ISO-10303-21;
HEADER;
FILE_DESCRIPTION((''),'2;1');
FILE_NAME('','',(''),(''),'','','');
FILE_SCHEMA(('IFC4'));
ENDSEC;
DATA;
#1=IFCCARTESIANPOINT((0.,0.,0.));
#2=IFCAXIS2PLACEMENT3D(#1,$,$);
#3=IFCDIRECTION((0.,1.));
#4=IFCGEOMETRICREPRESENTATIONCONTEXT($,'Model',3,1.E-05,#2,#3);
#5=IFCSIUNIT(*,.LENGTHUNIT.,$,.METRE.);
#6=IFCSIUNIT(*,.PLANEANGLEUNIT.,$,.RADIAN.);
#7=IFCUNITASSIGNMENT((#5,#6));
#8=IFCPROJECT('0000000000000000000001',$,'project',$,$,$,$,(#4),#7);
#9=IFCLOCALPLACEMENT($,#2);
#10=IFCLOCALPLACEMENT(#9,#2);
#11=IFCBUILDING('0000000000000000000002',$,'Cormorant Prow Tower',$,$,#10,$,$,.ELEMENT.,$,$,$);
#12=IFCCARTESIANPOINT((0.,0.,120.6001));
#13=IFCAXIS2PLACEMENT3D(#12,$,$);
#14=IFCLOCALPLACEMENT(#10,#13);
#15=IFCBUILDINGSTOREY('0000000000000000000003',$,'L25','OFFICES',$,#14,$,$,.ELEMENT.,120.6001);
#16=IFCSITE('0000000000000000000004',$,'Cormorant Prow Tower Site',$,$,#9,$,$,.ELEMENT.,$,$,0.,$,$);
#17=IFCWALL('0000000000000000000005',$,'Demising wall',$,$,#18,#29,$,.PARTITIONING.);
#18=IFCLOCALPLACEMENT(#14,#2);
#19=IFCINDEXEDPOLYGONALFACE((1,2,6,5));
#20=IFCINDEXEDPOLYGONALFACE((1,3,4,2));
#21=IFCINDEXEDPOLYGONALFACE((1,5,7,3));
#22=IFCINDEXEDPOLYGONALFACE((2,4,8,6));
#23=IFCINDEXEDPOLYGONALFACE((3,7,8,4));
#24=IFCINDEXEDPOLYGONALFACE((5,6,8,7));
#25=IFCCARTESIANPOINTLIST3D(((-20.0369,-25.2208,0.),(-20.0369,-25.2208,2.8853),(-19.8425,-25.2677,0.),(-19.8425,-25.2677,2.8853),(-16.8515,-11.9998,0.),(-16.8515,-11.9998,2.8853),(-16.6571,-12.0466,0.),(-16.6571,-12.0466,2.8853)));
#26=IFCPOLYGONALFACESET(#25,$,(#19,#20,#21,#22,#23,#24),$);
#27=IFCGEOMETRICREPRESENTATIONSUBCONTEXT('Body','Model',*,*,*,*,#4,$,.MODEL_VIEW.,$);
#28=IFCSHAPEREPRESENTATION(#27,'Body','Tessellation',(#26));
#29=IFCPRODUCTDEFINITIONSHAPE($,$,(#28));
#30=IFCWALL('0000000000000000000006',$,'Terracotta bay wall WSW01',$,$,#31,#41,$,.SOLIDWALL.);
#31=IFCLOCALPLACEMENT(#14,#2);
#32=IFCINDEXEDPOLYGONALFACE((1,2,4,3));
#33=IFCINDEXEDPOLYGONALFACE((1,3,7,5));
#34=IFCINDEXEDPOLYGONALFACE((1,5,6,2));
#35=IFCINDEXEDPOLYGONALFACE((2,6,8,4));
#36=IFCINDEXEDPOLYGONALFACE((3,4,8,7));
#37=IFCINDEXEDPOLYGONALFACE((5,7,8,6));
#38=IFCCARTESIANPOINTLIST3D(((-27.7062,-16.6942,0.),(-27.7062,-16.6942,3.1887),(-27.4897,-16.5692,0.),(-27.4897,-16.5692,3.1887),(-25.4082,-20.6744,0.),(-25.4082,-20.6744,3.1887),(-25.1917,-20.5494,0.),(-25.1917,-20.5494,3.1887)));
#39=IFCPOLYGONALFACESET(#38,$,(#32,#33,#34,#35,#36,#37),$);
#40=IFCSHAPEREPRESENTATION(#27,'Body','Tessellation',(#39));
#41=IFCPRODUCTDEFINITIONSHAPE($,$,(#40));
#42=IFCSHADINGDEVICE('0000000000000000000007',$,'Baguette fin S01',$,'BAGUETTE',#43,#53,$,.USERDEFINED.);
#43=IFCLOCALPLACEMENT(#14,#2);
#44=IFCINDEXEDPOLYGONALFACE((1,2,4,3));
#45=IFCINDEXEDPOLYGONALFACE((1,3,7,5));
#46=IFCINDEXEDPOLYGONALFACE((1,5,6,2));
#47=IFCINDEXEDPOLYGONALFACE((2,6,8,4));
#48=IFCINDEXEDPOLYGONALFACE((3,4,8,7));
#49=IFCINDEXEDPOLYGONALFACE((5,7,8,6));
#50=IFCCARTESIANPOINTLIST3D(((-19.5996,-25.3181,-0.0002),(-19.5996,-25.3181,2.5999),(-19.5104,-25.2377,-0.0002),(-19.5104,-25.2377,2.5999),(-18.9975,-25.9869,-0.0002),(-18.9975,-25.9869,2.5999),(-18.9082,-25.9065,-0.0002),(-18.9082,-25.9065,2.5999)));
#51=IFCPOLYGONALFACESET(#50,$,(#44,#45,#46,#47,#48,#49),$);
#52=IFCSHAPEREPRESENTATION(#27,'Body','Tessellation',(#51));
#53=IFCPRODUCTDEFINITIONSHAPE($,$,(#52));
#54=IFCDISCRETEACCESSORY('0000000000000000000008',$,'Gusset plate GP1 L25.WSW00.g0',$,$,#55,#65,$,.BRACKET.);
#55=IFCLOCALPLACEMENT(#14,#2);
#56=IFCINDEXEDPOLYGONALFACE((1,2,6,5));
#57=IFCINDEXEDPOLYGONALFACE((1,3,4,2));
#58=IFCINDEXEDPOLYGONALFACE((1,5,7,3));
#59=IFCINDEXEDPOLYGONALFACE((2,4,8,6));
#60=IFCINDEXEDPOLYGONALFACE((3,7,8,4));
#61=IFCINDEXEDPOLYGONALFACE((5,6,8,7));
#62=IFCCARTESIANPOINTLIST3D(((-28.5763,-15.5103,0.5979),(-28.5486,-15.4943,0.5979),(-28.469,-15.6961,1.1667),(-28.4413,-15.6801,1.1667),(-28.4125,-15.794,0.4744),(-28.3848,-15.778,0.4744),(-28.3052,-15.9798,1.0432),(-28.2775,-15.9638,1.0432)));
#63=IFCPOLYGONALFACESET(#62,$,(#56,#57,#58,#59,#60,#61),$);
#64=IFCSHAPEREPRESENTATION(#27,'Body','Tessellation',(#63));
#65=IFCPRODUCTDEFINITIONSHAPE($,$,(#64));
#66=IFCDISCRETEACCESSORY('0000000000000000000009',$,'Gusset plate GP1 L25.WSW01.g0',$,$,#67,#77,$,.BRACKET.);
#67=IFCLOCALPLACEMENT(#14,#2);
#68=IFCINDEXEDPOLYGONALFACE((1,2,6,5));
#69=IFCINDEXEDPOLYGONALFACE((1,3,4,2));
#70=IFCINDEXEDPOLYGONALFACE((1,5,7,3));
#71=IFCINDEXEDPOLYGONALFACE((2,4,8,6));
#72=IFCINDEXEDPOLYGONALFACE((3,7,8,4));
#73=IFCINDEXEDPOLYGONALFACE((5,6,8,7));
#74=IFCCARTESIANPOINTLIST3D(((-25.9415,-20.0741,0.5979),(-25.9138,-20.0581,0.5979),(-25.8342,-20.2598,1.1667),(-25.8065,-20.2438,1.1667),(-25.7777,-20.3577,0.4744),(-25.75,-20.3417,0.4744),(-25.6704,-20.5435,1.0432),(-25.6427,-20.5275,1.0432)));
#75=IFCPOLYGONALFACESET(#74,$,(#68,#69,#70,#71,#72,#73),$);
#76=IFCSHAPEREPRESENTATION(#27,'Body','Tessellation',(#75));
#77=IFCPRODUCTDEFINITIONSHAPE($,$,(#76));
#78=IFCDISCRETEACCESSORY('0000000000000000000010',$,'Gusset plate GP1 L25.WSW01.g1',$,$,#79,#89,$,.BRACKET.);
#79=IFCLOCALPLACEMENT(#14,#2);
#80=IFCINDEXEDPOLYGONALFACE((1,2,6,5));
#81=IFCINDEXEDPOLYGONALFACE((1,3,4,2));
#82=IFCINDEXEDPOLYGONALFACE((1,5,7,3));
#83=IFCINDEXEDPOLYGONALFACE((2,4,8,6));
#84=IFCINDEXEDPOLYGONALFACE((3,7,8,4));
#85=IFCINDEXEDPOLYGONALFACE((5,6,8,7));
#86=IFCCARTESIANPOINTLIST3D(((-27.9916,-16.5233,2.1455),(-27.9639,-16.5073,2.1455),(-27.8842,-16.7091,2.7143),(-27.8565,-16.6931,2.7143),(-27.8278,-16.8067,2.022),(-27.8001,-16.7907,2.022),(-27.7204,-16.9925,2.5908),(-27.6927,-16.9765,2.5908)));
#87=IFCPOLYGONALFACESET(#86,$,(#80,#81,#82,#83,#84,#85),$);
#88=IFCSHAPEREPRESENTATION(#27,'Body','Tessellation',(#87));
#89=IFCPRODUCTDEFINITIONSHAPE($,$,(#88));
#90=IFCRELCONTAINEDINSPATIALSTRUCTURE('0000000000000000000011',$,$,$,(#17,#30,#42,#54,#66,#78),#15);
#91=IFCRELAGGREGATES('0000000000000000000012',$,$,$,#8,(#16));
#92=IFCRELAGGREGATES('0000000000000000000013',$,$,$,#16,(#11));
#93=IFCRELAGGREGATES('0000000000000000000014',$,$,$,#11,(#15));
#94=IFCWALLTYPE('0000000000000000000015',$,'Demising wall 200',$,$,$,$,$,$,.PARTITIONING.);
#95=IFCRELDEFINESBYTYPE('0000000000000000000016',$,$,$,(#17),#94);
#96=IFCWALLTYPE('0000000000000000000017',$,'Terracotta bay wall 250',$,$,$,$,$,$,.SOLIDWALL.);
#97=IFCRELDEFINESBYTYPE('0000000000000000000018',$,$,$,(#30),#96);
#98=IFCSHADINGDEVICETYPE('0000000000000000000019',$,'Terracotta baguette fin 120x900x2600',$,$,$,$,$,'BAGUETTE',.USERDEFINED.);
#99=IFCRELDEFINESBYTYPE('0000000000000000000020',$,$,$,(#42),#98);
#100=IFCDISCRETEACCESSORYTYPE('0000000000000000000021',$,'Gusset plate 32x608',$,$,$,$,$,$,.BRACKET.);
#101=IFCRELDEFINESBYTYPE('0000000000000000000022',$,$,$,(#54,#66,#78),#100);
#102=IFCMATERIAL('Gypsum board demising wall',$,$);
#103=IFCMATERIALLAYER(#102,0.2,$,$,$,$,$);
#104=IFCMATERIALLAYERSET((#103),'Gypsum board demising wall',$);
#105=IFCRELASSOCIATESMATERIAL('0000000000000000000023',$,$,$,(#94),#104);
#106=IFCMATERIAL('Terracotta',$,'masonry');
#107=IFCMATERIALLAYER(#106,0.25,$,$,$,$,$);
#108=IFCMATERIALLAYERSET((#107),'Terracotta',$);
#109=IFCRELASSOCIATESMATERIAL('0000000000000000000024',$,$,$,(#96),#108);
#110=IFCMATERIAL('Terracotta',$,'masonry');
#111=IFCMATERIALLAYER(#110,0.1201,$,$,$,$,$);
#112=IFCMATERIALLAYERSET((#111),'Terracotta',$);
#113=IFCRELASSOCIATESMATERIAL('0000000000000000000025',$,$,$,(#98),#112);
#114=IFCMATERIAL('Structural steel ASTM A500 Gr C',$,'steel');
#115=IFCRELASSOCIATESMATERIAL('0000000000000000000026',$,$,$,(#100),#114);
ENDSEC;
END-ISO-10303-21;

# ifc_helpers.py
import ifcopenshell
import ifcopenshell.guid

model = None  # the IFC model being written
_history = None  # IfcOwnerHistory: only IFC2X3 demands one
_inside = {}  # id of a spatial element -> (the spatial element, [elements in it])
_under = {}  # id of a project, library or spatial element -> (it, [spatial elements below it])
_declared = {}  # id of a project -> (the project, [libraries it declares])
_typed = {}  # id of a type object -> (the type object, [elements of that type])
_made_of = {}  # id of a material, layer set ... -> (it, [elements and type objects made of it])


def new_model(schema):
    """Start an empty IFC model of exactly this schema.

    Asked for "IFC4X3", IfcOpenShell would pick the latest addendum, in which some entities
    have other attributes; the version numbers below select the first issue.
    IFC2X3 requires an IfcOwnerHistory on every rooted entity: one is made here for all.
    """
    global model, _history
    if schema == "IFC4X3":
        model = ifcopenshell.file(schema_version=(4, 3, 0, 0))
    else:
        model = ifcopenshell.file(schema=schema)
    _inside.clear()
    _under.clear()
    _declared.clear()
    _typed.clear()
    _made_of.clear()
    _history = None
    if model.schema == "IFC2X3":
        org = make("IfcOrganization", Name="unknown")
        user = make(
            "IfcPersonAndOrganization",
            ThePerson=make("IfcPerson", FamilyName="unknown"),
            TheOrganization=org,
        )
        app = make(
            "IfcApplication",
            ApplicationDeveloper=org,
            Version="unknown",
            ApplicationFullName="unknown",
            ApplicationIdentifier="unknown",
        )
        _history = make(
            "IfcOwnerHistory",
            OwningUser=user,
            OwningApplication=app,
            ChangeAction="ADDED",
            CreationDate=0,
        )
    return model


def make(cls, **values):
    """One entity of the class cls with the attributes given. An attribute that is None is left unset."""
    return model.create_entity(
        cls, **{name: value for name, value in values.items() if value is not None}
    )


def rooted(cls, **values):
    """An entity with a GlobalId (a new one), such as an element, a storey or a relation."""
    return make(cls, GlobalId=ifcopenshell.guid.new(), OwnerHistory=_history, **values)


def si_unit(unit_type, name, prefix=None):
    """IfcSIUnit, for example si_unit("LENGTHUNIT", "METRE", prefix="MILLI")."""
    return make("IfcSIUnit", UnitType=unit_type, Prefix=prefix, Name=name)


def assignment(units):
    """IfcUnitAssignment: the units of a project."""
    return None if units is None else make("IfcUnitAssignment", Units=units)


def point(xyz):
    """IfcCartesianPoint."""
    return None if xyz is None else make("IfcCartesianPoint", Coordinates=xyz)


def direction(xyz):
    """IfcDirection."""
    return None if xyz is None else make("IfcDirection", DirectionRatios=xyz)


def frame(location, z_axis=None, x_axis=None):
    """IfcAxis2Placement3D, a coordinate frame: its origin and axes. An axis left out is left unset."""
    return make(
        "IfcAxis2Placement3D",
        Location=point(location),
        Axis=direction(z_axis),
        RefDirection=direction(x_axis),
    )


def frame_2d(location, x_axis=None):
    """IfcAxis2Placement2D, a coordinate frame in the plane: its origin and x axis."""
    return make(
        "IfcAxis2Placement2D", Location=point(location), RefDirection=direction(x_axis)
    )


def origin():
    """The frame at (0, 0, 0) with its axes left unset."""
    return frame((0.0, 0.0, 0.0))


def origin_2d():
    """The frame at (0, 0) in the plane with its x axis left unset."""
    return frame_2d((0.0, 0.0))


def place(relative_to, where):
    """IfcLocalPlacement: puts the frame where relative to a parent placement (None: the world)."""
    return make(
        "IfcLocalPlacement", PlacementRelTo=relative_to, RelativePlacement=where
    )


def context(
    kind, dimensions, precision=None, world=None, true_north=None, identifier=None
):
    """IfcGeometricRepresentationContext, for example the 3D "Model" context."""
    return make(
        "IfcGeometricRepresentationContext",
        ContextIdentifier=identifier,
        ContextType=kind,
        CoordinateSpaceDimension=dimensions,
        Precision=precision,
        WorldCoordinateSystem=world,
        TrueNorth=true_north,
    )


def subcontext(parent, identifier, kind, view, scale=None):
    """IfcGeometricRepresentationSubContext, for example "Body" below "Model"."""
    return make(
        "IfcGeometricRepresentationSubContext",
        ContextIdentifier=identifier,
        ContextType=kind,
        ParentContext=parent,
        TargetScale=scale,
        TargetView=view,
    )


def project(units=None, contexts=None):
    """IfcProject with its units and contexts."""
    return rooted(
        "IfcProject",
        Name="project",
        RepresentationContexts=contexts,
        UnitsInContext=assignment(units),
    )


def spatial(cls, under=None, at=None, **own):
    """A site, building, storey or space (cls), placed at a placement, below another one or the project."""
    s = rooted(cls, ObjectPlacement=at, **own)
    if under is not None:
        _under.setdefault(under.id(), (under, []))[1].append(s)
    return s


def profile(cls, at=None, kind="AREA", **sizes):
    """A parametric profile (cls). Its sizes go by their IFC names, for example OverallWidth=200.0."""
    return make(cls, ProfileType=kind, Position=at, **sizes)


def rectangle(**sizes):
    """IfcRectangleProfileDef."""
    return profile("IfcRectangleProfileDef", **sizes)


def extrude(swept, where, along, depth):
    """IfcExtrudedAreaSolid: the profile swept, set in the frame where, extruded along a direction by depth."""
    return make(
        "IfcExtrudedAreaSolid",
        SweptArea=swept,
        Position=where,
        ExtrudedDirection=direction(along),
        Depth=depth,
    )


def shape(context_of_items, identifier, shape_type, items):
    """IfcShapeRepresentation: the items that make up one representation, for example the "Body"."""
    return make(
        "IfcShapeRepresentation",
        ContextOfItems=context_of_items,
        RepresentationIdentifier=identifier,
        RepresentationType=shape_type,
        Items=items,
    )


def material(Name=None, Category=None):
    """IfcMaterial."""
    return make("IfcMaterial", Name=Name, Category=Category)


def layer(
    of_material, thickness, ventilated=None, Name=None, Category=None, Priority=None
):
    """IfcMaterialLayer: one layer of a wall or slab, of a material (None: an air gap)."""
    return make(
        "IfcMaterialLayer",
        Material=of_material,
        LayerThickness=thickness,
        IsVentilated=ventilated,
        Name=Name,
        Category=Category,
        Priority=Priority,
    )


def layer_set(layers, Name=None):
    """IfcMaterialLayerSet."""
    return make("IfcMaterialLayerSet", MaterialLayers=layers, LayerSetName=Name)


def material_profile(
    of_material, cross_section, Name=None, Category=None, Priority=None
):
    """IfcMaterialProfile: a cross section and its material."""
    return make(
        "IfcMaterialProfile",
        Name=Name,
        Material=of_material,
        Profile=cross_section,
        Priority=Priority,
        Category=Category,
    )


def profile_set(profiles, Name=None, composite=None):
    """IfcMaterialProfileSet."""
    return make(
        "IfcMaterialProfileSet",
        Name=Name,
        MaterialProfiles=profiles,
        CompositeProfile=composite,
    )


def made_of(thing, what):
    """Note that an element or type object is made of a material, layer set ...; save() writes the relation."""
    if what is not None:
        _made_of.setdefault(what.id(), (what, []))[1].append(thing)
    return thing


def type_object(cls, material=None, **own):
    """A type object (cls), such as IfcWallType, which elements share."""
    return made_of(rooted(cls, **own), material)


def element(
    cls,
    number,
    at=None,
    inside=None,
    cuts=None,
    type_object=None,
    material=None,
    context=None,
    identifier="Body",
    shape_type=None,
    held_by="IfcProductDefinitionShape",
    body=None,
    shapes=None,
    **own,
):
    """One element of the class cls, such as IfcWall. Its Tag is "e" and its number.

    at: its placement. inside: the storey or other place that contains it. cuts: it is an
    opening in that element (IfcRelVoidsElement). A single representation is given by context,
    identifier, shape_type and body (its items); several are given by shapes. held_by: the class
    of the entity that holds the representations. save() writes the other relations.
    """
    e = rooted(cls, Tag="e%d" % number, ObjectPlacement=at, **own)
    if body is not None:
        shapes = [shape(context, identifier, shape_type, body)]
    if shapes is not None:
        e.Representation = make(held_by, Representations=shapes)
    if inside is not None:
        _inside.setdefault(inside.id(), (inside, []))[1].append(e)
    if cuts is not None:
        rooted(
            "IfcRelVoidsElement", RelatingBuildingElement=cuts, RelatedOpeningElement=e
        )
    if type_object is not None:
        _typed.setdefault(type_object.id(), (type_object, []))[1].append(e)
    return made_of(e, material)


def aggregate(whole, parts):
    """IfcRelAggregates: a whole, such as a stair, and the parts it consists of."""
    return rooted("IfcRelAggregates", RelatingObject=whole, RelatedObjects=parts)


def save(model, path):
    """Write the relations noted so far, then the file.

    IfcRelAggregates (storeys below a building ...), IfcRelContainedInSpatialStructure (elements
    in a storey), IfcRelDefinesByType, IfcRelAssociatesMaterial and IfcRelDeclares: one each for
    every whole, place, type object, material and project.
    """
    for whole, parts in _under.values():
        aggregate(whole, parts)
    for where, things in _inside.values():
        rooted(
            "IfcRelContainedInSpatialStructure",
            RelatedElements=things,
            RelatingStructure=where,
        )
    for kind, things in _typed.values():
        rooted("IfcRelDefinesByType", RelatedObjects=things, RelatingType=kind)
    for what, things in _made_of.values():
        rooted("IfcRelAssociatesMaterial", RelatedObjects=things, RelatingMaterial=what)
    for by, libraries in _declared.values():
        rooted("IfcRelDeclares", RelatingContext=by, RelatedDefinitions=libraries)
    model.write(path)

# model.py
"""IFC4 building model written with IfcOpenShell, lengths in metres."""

from ifc_helpers import new_model, si_unit, direction, frame, frame_2d, origin, origin_2d, place, context, subcontext, project, spatial, rectangle, extrude, material, layer, layer_set, material_profile, profile_set, type_object, element, save


model = new_model("IFC4")

# Units and contexts
model_context = context("Model", 3, precision=1e-05, world=origin(), true_north=direction((0.0, 1.0)))
body_context = subcontext(model_context, "Body", "Model", "MODEL_VIEW")
ifc_project = project(units=[si_unit("LENGTHUNIT", "METRE"), si_unit("PLANEANGLEUNIT", "RADIAN")], contexts=[model_context])

# Site, building, storey
site_placement = place(None, origin())
site = spatial("IfcSite", under=ifc_project, at=site_placement, Name="Cormorant Prow Tower Site", CompositionType="ELEMENT", RefElevation=0.0)
building_placement = place(site_placement, origin())
building = spatial("IfcBuilding", under=site, at=building_placement, Name="Cormorant Prow Tower", CompositionType="ELEMENT")
storey_placement = place(building_placement, frame((0.0, 0.0, 120.6001)))
storey = spatial("IfcBuildingStorey", under=building, at=storey_placement, Name="L25", Description="OFFICES", CompositionType="ELEMENT", Elevation=120.6001)

# Walls
ifc_material_1 = material(Name="Gypsum board demising wall")
ifc_layer_1 = layer(ifc_material_1, 0.2)
ifc_layer_set_1 = layer_set([ifc_layer_1], Name="Gypsum board demising wall")
wall_type_1 = type_object("IfcWallType", Name="Demising wall 200", PredefinedType="PARTITIONING", material=ifc_layer_set_1)
wall_1_placement = place(storey_placement, frame((-19.9397, -25.2444, 0.0), z_axis=(0.0, 0.0, 1.0), x_axis=(0.234226, 0.972182, 0.0)))
element("IfcWall", 1, at=wall_1_placement, inside=storey, type_object=wall_type_1, Name="Demising wall", PredefinedType="PARTITIONING", context=body_context, shape_type="SweptSolid", body=[
    extrude(rectangle(XDim=13.5994, YDim=0.2, at=frame_2d((6.7998, 0.0))), origin(), (0.0, 0.0, 1.0), 2.8853),
])
ifc_material_2 = material(Name="Terracotta", Category="masonry")
ifc_layer_2 = layer(ifc_material_2, 0.25)
ifc_layer_set_2 = layer_set([ifc_layer_2], Name="Terracotta")
wall_type_2 = type_object("IfcWallType", Name="Terracotta bay wall 250", PredefinedType="SOLIDWALL", material=ifc_layer_set_2)
wall_2_placement = place(storey_placement, frame((-27.5979, -16.6318, 0.0), z_axis=(0.0, 0.0, 1.0), x_axis=(0.500018, -0.866015, 0.0)))
element("IfcWall", 2, at=wall_2_placement, inside=storey, type_object=wall_type_2, Name="Terracotta bay wall WSW01", PredefinedType="SOLIDWALL", context=body_context, shape_type="SweptSolid", body=[
    extrude(rectangle(XDim=4.5959, YDim=0.25, at=frame_2d((2.2979, 0.0))), origin(), (0.0, 0.0, 1.0), 3.1887),
])

# Shading device
ifc_material_3 = material(Name="Terracotta", Category="masonry")
ifc_layer_3 = layer(ifc_material_3, 0.1201)
ifc_layer_set_3 = layer_set([ifc_layer_3], Name="Terracotta")
shading_device_type = type_object("IfcShadingDeviceType", Name="Terracotta baguette fin 120x900x2600", ElementType="BAGUETTE", PredefinedType="USERDEFINED", material=ifc_layer_set_3)
shading_device_placement = place(storey_placement, frame((-19.2539, -25.6123, -0.0002), z_axis=(0.0, 0.0, 1.0), x_axis=(0.743145, 0.669131, 0.0)))
element("IfcShadingDevice", 3, at=shading_device_placement, inside=storey, type_object=shading_device_type, Name="Baguette fin S01", ObjectType="BAGUETTE", PredefinedType="USERDEFINED", context=body_context, shape_type="SweptSolid", body=[
    extrude(rectangle(XDim=0.1201, YDim=0.8999, at=origin_2d()), origin(), (0.0, 0.0, 1.0), 2.6001),
])

# Discrete accessories
ifc_material_4 = material(Name="Structural steel ASTM A500 Gr C", Category="steel")
ifc_material_profile_1 = material_profile(ifc_material_4, rectangle(XDim=0.032, YDim=0.6079, at=origin_2d()), Name="Gusset plate 32x608")
ifc_profile_set_1 = profile_set([ifc_material_profile_1], Name="Structural steel ASTM A500 Gr C")
discrete_accessory_type = type_object("IfcDiscreteAccessoryType", Name="Gusset plate 32x608", PredefinedType="BRACKET", material=ifc_profile_set_1)
for number, where, z_axis, x_axis, name in (
    (4, (-28.5088, -15.5952, 0.8823), (0.467903, -0.810288, -0.352845), (0.865987, 0.500067, 0.0), "Gusset plate GP1 L25.WSW00.g0"),
    (5, (-25.874, -20.1589, 0.8823), (0.467903, -0.810288, -0.352845), (0.865987, 0.500067, 0.0), "Gusset plate GP1 L25.WSW01.g0"),
):
    element("IfcDiscreteAccessory", number, at=place(storey_placement, frame(where, z_axis=z_axis, x_axis=x_axis)), inside=storey, type_object=discrete_accessory_type, Name=name, PredefinedType="BRACKET", context=body_context, shape_type="SweptSolid", body=[
        extrude(rectangle(XDim=0.032, YDim=0.6079, at=origin_2d()), origin(), (0.0, 0.0, 1.0), 0.3501),
    ])
discrete_accessory_placement = place(storey_placement, frame((-27.7603, -16.8916, 2.3064), z_axis=(-0.468168, 0.810049, 0.353044), x_axis=(-0.8658, -0.500389, 0.0)))
element("IfcDiscreteAccessory", 6, at=discrete_accessory_placement, inside=storey, type_object=discrete_accessory_type, Name="Gusset plate GP1 L25.WSW01.g1", PredefinedType="BRACKET", context=body_context, shape_type="SweptSolid", body=[
    extrude(rectangle(XDim=0.032, YDim=0.6079, at=origin_2d()), origin(), (0.0, 0.0, 1.0), 0.3499),
])

save(model, "model.ifc")
